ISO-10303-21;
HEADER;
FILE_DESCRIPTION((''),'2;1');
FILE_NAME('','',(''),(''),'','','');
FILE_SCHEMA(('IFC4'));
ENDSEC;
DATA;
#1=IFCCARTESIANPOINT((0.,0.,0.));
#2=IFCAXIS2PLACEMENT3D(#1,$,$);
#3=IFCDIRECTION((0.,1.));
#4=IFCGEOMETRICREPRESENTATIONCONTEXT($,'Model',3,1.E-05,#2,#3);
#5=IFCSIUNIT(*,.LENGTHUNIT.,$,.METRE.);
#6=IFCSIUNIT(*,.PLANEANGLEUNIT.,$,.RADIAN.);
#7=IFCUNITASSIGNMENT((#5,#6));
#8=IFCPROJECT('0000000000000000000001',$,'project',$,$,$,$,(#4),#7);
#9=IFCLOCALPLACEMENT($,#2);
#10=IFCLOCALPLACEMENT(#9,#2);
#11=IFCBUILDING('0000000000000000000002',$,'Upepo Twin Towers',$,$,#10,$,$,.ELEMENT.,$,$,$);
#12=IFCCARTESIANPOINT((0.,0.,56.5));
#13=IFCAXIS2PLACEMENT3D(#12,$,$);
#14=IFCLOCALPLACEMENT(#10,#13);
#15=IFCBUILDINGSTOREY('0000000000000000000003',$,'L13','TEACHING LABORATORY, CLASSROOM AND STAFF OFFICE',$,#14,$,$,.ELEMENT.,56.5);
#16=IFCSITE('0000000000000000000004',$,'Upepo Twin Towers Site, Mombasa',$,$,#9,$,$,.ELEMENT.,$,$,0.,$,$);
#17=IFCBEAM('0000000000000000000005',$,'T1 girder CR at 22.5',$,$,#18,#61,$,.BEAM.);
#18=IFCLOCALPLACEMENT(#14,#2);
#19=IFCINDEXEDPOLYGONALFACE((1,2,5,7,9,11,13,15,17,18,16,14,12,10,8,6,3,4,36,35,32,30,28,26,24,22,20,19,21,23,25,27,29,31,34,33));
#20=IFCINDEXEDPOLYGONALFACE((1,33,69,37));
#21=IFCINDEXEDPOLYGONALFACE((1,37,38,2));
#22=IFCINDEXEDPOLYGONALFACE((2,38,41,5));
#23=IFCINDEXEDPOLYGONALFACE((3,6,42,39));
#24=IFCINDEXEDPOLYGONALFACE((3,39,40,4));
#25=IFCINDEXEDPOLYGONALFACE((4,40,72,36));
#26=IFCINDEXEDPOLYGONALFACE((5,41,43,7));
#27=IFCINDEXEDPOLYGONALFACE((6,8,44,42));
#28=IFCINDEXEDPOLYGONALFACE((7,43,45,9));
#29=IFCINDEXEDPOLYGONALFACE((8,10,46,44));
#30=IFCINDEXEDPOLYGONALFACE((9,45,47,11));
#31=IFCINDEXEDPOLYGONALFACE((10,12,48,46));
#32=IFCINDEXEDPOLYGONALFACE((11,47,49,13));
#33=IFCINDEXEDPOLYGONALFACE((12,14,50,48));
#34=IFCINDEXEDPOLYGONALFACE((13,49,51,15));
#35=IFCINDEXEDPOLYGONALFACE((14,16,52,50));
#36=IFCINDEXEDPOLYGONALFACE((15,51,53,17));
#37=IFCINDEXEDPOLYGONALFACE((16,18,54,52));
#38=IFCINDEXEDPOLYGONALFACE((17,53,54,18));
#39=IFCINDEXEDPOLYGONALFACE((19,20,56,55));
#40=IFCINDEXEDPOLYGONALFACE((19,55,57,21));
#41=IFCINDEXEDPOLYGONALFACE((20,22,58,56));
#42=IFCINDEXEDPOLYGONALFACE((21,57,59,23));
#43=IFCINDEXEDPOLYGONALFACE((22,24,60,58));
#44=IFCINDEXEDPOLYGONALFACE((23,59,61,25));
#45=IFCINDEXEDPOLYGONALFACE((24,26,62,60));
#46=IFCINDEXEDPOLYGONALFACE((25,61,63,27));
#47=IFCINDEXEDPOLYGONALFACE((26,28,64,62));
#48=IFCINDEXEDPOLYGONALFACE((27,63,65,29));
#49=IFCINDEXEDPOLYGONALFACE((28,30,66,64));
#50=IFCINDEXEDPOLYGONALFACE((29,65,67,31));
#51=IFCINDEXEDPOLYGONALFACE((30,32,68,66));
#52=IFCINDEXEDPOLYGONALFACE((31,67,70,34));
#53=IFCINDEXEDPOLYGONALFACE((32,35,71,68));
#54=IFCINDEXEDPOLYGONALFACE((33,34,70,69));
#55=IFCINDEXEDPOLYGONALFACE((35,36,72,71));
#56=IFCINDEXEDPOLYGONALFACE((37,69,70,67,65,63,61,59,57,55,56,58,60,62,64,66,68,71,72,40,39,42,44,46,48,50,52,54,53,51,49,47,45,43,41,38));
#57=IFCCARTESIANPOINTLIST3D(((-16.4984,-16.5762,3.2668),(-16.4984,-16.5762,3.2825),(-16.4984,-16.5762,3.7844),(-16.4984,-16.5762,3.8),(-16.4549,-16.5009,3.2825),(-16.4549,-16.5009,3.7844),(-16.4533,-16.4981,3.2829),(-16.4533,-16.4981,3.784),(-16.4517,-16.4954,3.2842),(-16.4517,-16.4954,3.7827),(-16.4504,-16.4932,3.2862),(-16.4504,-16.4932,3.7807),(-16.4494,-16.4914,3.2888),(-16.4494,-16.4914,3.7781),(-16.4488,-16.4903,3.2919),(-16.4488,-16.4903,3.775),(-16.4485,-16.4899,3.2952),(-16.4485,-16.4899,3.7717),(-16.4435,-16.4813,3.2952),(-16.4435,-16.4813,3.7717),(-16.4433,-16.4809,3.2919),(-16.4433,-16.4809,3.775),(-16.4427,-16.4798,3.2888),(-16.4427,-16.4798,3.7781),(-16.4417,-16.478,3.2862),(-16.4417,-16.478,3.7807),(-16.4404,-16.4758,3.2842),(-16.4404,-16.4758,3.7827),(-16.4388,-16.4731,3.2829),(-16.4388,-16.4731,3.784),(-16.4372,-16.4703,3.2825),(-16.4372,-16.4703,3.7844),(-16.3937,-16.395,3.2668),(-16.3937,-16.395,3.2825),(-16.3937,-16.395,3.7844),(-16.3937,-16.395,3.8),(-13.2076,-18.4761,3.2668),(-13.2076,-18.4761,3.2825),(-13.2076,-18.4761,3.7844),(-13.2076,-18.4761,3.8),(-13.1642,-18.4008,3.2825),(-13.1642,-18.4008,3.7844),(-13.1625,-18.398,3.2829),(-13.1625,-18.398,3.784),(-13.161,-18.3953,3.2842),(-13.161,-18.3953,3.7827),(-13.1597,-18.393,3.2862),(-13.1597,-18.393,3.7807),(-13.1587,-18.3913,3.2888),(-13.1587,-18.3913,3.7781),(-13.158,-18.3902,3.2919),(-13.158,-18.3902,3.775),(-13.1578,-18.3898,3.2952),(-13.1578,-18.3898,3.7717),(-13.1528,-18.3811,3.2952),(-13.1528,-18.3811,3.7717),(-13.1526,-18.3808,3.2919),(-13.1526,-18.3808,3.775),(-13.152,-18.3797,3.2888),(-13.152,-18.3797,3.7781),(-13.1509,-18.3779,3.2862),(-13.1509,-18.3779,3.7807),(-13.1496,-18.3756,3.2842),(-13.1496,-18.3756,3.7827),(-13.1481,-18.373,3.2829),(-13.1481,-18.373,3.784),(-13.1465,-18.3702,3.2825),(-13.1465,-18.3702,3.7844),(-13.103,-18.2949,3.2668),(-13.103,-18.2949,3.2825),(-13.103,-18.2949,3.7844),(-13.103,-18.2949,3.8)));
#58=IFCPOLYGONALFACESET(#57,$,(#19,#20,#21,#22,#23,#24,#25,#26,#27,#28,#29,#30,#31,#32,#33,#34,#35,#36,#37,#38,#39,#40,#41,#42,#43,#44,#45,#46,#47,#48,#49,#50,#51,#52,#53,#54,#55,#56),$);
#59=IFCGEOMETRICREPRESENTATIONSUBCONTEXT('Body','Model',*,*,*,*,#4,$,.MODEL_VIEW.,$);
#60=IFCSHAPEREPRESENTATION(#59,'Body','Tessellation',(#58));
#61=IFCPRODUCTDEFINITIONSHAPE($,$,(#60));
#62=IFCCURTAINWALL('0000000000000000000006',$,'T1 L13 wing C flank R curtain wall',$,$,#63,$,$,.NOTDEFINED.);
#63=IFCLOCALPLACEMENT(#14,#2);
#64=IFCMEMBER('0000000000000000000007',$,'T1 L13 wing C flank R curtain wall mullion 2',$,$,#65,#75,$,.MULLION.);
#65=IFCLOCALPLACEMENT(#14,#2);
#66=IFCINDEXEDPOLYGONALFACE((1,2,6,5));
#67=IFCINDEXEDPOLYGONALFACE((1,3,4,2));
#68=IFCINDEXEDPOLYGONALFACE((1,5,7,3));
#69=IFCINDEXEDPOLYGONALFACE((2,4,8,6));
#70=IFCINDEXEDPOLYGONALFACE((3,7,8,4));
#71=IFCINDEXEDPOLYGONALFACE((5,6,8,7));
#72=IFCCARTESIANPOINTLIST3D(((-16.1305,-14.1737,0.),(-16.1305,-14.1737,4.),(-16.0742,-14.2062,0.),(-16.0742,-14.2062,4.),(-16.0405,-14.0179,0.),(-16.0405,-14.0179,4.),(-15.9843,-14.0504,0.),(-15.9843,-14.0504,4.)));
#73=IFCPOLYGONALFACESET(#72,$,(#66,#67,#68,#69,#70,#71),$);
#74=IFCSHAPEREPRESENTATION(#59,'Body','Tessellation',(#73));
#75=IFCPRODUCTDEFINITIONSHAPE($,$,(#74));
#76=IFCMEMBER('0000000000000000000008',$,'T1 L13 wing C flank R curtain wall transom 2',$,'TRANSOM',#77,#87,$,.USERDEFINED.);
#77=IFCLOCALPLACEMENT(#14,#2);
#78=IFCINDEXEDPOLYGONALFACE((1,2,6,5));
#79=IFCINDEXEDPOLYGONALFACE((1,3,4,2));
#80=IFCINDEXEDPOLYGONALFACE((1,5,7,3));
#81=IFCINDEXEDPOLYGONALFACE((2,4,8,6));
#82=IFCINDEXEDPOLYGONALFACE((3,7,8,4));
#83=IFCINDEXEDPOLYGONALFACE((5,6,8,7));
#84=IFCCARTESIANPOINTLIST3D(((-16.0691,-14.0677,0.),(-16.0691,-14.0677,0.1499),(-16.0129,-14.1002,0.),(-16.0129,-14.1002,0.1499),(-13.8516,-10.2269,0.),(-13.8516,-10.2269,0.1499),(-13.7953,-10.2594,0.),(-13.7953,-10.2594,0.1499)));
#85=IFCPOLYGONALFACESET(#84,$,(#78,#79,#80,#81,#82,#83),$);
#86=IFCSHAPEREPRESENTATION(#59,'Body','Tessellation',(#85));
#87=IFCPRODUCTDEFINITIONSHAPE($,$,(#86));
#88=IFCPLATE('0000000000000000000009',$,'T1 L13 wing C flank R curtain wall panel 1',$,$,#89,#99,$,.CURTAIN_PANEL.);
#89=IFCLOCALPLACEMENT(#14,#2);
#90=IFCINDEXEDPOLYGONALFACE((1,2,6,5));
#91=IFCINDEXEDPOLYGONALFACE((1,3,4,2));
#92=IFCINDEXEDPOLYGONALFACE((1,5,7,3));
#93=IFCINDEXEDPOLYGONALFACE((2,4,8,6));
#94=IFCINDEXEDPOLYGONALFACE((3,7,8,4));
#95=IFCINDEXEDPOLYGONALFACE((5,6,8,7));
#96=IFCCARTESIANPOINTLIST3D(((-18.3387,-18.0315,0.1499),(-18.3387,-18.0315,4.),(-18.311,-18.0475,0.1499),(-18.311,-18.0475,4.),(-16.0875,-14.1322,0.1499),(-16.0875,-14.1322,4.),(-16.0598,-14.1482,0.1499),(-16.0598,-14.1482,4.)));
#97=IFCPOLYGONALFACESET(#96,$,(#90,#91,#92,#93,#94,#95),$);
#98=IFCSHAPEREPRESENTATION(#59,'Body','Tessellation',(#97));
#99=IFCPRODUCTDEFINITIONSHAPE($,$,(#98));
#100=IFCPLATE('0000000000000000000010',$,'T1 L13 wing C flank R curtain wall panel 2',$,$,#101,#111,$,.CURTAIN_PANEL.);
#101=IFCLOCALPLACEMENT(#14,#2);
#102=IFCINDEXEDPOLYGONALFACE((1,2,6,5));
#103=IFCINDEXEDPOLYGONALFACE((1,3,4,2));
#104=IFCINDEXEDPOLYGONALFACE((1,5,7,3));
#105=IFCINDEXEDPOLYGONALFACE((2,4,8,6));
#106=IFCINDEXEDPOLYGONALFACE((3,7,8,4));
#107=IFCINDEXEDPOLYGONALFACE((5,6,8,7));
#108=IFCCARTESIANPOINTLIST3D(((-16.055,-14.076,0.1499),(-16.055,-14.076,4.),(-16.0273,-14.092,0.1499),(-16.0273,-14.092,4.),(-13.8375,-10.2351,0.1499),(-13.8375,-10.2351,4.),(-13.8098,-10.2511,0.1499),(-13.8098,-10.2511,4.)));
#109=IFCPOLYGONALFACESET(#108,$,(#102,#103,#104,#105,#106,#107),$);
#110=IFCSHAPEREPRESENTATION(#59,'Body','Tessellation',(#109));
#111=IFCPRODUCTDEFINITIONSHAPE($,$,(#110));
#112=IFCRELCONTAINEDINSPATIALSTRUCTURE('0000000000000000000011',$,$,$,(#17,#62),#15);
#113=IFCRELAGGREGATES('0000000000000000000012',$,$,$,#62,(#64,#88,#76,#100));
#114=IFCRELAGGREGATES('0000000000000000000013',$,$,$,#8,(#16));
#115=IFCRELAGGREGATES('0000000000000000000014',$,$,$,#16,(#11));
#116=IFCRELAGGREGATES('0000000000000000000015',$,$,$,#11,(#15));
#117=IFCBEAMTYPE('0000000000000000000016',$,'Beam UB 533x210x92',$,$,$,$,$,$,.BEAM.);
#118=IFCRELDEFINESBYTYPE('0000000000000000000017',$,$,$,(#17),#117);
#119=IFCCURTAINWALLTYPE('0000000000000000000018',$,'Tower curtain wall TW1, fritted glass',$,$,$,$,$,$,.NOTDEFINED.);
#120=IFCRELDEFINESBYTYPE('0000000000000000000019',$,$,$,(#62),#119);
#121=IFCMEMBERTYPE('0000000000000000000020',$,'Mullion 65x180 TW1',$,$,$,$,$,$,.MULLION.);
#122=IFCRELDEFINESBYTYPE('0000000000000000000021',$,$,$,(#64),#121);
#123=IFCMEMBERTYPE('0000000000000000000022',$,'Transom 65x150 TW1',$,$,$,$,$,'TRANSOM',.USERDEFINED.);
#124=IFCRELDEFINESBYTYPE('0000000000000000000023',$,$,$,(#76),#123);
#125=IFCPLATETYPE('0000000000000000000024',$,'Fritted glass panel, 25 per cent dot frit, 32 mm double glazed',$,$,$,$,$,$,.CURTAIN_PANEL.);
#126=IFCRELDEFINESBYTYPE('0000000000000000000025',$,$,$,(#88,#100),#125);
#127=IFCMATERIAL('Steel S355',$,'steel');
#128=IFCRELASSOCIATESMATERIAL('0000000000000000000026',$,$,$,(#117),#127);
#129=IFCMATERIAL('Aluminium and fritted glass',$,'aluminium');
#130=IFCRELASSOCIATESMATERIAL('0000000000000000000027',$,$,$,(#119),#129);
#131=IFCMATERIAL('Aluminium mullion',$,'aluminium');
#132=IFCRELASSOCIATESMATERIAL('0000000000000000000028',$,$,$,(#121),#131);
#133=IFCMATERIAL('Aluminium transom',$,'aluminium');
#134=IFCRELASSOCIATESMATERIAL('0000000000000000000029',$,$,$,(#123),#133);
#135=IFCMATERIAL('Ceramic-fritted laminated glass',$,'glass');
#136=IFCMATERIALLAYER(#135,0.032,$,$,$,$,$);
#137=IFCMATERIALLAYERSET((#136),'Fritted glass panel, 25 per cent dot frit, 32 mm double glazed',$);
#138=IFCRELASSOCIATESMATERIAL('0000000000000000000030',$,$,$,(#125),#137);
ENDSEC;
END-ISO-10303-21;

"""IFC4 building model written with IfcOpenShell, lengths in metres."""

from ifc_helpers import new_model, si_unit, direction, frame, origin, origin_2d, place, context, subcontext, project, spatial, rectangle, i_section, extrude, material, layer, layer_set, material_profile, profile_set, type_object, element, aggregate, save


model = new_model("IFC4")

# Units and contexts
model_context = context("Model", 3, precision=1e-05, world=origin(), true_north=direction((0.0, 1.0)))
body_context = subcontext(model_context, "Body", "Model", "MODEL_VIEW")
ifc_project = project(units=[si_unit("LENGTHUNIT", "METRE"), si_unit("PLANEANGLEUNIT", "RADIAN")], contexts=[model_context])

# Site, building, storey
site_placement = place(None, origin())
site = spatial("IfcSite", under=ifc_project, at=site_placement, Name="Upepo Twin Towers Site, Mombasa", CompositionType="ELEMENT", RefElevation=0.0)
building_placement = place(site_placement, origin())
building = spatial("IfcBuilding", under=site, at=building_placement, Name="Upepo Twin Towers", CompositionType="ELEMENT")
storey_placement = place(building_placement, frame((0.0, 0.0, 56.5)))
storey = spatial("IfcBuildingStorey", under=building, at=storey_placement, Name="L13", Description="TEACHING LABORATORY, CLASSROOM AND STAFF OFFICE", CompositionType="ELEMENT", Elevation=56.5)

# Beam
ifc_material_1 = material(Name="Steel S355", Category="steel")
ifc_material_profile_1 = material_profile(ifc_material_1, i_section(OverallWidth=0.2092, OverallDepth=0.5332, WebThickness=0.01, FlangeThickness=0.0156, FilletRadius=0.0127, at=origin_2d()), Name="UB 533x210x92")
ifc_profile_set_1 = profile_set([ifc_material_profile_1], Name="Steel S355")
beam_type_1 = type_object("IfcBeamType", Name="Beam UB 533x210x92", PredefinedType="BEAM", material=ifc_profile_set_1)
beam_1_placement = place(storey_placement, frame((-16.446, -16.4856, 3.5334), z_axis=(0.866028, -0.499995, 0.0), x_axis=(0.499995, 0.866028, 0.0)))
element("IfcBeam", 1, at=beam_1_placement, inside=storey, type_object=beam_type_1, Name="T1 girder CR at 22.5", PredefinedType="BEAM", context=body_context, shape_type="SweptSolid", body=[
    extrude(i_section(OverallWidth=0.2092, OverallDepth=0.5332, WebThickness=0.01, FlangeThickness=0.0156, FilletRadius=0.0127, at=origin_2d()), origin(), (0.0, 0.0, 1.0), 3.7998),
])

# Curtain wall, members, plates
ifc_material_2 = material(Name="Aluminium and fritted glass", Category="aluminium")
curtain_wall_type = type_object("IfcCurtainWallType", Name="Tower curtain wall TW1, fritted glass", PredefinedType="NOTDEFINED", material=ifc_material_2)
curtain_wall_placement = place(storey_placement, origin())
curtain_wall = element("IfcCurtainWall", 2, at=curtain_wall_placement, inside=storey, type_object=curtain_wall_type, Name="T1 L13 wing C flank R curtain wall", PredefinedType="NOTDEFINED")
ifc_material_3 = material(Name="Aluminium mullion", Category="aluminium")
ifc_material_profile_2 = material_profile(ifc_material_3, rectangle(XDim=0.0649, YDim=0.1799, at=origin_2d()), Name="MULLION 65x180")
ifc_profile_set_2 = profile_set([ifc_material_profile_2], Name="Aluminium mullion")
member_type_1 = type_object("IfcMemberType", Name="Mullion 65x180 TW1", PredefinedType="MULLION", material=ifc_profile_set_2)
member_1_placement = place(storey_placement, frame((-16.0574, -14.1121, 0.0), z_axis=(0.0, 0.0, 1.0), x_axis=(-0.866025, 0.5, 0.0)))
member_1 = element("IfcMember", 3, at=member_1_placement, type_object=member_type_1, Name="T1 L13 wing C flank R curtain wall mullion 2", PredefinedType="MULLION", context=body_context, shape_type="SweptSolid", body=[
    extrude(rectangle(XDim=0.0649, YDim=0.1799, at=origin_2d()), origin(), (0.0, 0.0, 1.0), 4.0),
])
ifc_material_4 = material(Name="Aluminium transom", Category="aluminium")
ifc_material_profile_3 = material_profile(ifc_material_4, rectangle(XDim=0.0649, YDim=0.1499, at=origin_2d()), Name="TRANSOM 65x150")
ifc_profile_set_3 = profile_set([ifc_material_profile_3], Name="Aluminium transom")
member_type_2 = type_object("IfcMemberType", Name="Transom 65x150 TW1", ElementType="TRANSOM", PredefinedType="USERDEFINED", material=ifc_profile_set_3)
member_2_placement = place(storey_placement, frame((-16.041, -14.084, 0.075), z_axis=(0.500005, 0.866022, 0.0), x_axis=(-0.866022, 0.500005, 0.0)))
member_2 = element("IfcMember", 4, at=member_2_placement, type_object=member_type_2, Name="T1 L13 wing C flank R curtain wall transom 2", ObjectType="TRANSOM", PredefinedType="USERDEFINED", context=body_context, shape_type="SweptSolid", body=[
    extrude(rectangle(XDim=0.0649, YDim=0.1499, at=origin_2d()), origin(), (0.0, 0.0, 1.0), 4.4351),
])
ifc_material_5 = material(Name="Ceramic-fritted laminated glass", Category="glass")
ifc_layer_1 = layer(ifc_material_5, 0.032)
ifc_layer_set_1 = layer_set([ifc_layer_1], Name="Fritted glass panel, 25 per cent dot frit, 32 mm double glazed")
plate_type = type_object("IfcPlateType", Name="Fritted glass panel, 25 per cent dot frit, 32 mm double glazed", PredefinedType="CURTAIN_PANEL", material=ifc_layer_set_1)
plate_1_placement = place(storey_placement, frame((-17.1992, -16.0898, 0.1499), z_axis=(0.0, 0.0, 1.0), x_axis=(0.5, 0.866025, 0.0)))
plate_1 = element("IfcPlate", 5, at=plate_1_placement, type_object=plate_type, Name="T1 L13 wing C flank R curtain wall panel 1", PredefinedType="CURTAIN_PANEL", context=body_context, shape_type="SweptSolid", body=[
    extrude(rectangle(XDim=4.5024, YDim=0.032, at=origin_2d()), origin(), (0.0, 0.0, 1.0), 3.8501),
])
plate_2_placement = place(storey_placement, frame((-14.9324, -12.1636, 0.1499), z_axis=(0.0, 0.0, 1.0), x_axis=(0.5, 0.866025, 0.0)))
plate_2 = element("IfcPlate", 6, at=plate_2_placement, type_object=plate_type, Name="T1 L13 wing C flank R curtain wall panel 2", PredefinedType="CURTAIN_PANEL", context=body_context, shape_type="SweptSolid", body=[
    extrude(rectangle(XDim=4.4351, YDim=0.032, at=origin_2d()), origin(), (0.0, 0.0, 1.0), 3.8501),
])
aggregate(curtain_wall, [member_1, plate_1, member_2, plate_2])

save(model, "model.ifc")
